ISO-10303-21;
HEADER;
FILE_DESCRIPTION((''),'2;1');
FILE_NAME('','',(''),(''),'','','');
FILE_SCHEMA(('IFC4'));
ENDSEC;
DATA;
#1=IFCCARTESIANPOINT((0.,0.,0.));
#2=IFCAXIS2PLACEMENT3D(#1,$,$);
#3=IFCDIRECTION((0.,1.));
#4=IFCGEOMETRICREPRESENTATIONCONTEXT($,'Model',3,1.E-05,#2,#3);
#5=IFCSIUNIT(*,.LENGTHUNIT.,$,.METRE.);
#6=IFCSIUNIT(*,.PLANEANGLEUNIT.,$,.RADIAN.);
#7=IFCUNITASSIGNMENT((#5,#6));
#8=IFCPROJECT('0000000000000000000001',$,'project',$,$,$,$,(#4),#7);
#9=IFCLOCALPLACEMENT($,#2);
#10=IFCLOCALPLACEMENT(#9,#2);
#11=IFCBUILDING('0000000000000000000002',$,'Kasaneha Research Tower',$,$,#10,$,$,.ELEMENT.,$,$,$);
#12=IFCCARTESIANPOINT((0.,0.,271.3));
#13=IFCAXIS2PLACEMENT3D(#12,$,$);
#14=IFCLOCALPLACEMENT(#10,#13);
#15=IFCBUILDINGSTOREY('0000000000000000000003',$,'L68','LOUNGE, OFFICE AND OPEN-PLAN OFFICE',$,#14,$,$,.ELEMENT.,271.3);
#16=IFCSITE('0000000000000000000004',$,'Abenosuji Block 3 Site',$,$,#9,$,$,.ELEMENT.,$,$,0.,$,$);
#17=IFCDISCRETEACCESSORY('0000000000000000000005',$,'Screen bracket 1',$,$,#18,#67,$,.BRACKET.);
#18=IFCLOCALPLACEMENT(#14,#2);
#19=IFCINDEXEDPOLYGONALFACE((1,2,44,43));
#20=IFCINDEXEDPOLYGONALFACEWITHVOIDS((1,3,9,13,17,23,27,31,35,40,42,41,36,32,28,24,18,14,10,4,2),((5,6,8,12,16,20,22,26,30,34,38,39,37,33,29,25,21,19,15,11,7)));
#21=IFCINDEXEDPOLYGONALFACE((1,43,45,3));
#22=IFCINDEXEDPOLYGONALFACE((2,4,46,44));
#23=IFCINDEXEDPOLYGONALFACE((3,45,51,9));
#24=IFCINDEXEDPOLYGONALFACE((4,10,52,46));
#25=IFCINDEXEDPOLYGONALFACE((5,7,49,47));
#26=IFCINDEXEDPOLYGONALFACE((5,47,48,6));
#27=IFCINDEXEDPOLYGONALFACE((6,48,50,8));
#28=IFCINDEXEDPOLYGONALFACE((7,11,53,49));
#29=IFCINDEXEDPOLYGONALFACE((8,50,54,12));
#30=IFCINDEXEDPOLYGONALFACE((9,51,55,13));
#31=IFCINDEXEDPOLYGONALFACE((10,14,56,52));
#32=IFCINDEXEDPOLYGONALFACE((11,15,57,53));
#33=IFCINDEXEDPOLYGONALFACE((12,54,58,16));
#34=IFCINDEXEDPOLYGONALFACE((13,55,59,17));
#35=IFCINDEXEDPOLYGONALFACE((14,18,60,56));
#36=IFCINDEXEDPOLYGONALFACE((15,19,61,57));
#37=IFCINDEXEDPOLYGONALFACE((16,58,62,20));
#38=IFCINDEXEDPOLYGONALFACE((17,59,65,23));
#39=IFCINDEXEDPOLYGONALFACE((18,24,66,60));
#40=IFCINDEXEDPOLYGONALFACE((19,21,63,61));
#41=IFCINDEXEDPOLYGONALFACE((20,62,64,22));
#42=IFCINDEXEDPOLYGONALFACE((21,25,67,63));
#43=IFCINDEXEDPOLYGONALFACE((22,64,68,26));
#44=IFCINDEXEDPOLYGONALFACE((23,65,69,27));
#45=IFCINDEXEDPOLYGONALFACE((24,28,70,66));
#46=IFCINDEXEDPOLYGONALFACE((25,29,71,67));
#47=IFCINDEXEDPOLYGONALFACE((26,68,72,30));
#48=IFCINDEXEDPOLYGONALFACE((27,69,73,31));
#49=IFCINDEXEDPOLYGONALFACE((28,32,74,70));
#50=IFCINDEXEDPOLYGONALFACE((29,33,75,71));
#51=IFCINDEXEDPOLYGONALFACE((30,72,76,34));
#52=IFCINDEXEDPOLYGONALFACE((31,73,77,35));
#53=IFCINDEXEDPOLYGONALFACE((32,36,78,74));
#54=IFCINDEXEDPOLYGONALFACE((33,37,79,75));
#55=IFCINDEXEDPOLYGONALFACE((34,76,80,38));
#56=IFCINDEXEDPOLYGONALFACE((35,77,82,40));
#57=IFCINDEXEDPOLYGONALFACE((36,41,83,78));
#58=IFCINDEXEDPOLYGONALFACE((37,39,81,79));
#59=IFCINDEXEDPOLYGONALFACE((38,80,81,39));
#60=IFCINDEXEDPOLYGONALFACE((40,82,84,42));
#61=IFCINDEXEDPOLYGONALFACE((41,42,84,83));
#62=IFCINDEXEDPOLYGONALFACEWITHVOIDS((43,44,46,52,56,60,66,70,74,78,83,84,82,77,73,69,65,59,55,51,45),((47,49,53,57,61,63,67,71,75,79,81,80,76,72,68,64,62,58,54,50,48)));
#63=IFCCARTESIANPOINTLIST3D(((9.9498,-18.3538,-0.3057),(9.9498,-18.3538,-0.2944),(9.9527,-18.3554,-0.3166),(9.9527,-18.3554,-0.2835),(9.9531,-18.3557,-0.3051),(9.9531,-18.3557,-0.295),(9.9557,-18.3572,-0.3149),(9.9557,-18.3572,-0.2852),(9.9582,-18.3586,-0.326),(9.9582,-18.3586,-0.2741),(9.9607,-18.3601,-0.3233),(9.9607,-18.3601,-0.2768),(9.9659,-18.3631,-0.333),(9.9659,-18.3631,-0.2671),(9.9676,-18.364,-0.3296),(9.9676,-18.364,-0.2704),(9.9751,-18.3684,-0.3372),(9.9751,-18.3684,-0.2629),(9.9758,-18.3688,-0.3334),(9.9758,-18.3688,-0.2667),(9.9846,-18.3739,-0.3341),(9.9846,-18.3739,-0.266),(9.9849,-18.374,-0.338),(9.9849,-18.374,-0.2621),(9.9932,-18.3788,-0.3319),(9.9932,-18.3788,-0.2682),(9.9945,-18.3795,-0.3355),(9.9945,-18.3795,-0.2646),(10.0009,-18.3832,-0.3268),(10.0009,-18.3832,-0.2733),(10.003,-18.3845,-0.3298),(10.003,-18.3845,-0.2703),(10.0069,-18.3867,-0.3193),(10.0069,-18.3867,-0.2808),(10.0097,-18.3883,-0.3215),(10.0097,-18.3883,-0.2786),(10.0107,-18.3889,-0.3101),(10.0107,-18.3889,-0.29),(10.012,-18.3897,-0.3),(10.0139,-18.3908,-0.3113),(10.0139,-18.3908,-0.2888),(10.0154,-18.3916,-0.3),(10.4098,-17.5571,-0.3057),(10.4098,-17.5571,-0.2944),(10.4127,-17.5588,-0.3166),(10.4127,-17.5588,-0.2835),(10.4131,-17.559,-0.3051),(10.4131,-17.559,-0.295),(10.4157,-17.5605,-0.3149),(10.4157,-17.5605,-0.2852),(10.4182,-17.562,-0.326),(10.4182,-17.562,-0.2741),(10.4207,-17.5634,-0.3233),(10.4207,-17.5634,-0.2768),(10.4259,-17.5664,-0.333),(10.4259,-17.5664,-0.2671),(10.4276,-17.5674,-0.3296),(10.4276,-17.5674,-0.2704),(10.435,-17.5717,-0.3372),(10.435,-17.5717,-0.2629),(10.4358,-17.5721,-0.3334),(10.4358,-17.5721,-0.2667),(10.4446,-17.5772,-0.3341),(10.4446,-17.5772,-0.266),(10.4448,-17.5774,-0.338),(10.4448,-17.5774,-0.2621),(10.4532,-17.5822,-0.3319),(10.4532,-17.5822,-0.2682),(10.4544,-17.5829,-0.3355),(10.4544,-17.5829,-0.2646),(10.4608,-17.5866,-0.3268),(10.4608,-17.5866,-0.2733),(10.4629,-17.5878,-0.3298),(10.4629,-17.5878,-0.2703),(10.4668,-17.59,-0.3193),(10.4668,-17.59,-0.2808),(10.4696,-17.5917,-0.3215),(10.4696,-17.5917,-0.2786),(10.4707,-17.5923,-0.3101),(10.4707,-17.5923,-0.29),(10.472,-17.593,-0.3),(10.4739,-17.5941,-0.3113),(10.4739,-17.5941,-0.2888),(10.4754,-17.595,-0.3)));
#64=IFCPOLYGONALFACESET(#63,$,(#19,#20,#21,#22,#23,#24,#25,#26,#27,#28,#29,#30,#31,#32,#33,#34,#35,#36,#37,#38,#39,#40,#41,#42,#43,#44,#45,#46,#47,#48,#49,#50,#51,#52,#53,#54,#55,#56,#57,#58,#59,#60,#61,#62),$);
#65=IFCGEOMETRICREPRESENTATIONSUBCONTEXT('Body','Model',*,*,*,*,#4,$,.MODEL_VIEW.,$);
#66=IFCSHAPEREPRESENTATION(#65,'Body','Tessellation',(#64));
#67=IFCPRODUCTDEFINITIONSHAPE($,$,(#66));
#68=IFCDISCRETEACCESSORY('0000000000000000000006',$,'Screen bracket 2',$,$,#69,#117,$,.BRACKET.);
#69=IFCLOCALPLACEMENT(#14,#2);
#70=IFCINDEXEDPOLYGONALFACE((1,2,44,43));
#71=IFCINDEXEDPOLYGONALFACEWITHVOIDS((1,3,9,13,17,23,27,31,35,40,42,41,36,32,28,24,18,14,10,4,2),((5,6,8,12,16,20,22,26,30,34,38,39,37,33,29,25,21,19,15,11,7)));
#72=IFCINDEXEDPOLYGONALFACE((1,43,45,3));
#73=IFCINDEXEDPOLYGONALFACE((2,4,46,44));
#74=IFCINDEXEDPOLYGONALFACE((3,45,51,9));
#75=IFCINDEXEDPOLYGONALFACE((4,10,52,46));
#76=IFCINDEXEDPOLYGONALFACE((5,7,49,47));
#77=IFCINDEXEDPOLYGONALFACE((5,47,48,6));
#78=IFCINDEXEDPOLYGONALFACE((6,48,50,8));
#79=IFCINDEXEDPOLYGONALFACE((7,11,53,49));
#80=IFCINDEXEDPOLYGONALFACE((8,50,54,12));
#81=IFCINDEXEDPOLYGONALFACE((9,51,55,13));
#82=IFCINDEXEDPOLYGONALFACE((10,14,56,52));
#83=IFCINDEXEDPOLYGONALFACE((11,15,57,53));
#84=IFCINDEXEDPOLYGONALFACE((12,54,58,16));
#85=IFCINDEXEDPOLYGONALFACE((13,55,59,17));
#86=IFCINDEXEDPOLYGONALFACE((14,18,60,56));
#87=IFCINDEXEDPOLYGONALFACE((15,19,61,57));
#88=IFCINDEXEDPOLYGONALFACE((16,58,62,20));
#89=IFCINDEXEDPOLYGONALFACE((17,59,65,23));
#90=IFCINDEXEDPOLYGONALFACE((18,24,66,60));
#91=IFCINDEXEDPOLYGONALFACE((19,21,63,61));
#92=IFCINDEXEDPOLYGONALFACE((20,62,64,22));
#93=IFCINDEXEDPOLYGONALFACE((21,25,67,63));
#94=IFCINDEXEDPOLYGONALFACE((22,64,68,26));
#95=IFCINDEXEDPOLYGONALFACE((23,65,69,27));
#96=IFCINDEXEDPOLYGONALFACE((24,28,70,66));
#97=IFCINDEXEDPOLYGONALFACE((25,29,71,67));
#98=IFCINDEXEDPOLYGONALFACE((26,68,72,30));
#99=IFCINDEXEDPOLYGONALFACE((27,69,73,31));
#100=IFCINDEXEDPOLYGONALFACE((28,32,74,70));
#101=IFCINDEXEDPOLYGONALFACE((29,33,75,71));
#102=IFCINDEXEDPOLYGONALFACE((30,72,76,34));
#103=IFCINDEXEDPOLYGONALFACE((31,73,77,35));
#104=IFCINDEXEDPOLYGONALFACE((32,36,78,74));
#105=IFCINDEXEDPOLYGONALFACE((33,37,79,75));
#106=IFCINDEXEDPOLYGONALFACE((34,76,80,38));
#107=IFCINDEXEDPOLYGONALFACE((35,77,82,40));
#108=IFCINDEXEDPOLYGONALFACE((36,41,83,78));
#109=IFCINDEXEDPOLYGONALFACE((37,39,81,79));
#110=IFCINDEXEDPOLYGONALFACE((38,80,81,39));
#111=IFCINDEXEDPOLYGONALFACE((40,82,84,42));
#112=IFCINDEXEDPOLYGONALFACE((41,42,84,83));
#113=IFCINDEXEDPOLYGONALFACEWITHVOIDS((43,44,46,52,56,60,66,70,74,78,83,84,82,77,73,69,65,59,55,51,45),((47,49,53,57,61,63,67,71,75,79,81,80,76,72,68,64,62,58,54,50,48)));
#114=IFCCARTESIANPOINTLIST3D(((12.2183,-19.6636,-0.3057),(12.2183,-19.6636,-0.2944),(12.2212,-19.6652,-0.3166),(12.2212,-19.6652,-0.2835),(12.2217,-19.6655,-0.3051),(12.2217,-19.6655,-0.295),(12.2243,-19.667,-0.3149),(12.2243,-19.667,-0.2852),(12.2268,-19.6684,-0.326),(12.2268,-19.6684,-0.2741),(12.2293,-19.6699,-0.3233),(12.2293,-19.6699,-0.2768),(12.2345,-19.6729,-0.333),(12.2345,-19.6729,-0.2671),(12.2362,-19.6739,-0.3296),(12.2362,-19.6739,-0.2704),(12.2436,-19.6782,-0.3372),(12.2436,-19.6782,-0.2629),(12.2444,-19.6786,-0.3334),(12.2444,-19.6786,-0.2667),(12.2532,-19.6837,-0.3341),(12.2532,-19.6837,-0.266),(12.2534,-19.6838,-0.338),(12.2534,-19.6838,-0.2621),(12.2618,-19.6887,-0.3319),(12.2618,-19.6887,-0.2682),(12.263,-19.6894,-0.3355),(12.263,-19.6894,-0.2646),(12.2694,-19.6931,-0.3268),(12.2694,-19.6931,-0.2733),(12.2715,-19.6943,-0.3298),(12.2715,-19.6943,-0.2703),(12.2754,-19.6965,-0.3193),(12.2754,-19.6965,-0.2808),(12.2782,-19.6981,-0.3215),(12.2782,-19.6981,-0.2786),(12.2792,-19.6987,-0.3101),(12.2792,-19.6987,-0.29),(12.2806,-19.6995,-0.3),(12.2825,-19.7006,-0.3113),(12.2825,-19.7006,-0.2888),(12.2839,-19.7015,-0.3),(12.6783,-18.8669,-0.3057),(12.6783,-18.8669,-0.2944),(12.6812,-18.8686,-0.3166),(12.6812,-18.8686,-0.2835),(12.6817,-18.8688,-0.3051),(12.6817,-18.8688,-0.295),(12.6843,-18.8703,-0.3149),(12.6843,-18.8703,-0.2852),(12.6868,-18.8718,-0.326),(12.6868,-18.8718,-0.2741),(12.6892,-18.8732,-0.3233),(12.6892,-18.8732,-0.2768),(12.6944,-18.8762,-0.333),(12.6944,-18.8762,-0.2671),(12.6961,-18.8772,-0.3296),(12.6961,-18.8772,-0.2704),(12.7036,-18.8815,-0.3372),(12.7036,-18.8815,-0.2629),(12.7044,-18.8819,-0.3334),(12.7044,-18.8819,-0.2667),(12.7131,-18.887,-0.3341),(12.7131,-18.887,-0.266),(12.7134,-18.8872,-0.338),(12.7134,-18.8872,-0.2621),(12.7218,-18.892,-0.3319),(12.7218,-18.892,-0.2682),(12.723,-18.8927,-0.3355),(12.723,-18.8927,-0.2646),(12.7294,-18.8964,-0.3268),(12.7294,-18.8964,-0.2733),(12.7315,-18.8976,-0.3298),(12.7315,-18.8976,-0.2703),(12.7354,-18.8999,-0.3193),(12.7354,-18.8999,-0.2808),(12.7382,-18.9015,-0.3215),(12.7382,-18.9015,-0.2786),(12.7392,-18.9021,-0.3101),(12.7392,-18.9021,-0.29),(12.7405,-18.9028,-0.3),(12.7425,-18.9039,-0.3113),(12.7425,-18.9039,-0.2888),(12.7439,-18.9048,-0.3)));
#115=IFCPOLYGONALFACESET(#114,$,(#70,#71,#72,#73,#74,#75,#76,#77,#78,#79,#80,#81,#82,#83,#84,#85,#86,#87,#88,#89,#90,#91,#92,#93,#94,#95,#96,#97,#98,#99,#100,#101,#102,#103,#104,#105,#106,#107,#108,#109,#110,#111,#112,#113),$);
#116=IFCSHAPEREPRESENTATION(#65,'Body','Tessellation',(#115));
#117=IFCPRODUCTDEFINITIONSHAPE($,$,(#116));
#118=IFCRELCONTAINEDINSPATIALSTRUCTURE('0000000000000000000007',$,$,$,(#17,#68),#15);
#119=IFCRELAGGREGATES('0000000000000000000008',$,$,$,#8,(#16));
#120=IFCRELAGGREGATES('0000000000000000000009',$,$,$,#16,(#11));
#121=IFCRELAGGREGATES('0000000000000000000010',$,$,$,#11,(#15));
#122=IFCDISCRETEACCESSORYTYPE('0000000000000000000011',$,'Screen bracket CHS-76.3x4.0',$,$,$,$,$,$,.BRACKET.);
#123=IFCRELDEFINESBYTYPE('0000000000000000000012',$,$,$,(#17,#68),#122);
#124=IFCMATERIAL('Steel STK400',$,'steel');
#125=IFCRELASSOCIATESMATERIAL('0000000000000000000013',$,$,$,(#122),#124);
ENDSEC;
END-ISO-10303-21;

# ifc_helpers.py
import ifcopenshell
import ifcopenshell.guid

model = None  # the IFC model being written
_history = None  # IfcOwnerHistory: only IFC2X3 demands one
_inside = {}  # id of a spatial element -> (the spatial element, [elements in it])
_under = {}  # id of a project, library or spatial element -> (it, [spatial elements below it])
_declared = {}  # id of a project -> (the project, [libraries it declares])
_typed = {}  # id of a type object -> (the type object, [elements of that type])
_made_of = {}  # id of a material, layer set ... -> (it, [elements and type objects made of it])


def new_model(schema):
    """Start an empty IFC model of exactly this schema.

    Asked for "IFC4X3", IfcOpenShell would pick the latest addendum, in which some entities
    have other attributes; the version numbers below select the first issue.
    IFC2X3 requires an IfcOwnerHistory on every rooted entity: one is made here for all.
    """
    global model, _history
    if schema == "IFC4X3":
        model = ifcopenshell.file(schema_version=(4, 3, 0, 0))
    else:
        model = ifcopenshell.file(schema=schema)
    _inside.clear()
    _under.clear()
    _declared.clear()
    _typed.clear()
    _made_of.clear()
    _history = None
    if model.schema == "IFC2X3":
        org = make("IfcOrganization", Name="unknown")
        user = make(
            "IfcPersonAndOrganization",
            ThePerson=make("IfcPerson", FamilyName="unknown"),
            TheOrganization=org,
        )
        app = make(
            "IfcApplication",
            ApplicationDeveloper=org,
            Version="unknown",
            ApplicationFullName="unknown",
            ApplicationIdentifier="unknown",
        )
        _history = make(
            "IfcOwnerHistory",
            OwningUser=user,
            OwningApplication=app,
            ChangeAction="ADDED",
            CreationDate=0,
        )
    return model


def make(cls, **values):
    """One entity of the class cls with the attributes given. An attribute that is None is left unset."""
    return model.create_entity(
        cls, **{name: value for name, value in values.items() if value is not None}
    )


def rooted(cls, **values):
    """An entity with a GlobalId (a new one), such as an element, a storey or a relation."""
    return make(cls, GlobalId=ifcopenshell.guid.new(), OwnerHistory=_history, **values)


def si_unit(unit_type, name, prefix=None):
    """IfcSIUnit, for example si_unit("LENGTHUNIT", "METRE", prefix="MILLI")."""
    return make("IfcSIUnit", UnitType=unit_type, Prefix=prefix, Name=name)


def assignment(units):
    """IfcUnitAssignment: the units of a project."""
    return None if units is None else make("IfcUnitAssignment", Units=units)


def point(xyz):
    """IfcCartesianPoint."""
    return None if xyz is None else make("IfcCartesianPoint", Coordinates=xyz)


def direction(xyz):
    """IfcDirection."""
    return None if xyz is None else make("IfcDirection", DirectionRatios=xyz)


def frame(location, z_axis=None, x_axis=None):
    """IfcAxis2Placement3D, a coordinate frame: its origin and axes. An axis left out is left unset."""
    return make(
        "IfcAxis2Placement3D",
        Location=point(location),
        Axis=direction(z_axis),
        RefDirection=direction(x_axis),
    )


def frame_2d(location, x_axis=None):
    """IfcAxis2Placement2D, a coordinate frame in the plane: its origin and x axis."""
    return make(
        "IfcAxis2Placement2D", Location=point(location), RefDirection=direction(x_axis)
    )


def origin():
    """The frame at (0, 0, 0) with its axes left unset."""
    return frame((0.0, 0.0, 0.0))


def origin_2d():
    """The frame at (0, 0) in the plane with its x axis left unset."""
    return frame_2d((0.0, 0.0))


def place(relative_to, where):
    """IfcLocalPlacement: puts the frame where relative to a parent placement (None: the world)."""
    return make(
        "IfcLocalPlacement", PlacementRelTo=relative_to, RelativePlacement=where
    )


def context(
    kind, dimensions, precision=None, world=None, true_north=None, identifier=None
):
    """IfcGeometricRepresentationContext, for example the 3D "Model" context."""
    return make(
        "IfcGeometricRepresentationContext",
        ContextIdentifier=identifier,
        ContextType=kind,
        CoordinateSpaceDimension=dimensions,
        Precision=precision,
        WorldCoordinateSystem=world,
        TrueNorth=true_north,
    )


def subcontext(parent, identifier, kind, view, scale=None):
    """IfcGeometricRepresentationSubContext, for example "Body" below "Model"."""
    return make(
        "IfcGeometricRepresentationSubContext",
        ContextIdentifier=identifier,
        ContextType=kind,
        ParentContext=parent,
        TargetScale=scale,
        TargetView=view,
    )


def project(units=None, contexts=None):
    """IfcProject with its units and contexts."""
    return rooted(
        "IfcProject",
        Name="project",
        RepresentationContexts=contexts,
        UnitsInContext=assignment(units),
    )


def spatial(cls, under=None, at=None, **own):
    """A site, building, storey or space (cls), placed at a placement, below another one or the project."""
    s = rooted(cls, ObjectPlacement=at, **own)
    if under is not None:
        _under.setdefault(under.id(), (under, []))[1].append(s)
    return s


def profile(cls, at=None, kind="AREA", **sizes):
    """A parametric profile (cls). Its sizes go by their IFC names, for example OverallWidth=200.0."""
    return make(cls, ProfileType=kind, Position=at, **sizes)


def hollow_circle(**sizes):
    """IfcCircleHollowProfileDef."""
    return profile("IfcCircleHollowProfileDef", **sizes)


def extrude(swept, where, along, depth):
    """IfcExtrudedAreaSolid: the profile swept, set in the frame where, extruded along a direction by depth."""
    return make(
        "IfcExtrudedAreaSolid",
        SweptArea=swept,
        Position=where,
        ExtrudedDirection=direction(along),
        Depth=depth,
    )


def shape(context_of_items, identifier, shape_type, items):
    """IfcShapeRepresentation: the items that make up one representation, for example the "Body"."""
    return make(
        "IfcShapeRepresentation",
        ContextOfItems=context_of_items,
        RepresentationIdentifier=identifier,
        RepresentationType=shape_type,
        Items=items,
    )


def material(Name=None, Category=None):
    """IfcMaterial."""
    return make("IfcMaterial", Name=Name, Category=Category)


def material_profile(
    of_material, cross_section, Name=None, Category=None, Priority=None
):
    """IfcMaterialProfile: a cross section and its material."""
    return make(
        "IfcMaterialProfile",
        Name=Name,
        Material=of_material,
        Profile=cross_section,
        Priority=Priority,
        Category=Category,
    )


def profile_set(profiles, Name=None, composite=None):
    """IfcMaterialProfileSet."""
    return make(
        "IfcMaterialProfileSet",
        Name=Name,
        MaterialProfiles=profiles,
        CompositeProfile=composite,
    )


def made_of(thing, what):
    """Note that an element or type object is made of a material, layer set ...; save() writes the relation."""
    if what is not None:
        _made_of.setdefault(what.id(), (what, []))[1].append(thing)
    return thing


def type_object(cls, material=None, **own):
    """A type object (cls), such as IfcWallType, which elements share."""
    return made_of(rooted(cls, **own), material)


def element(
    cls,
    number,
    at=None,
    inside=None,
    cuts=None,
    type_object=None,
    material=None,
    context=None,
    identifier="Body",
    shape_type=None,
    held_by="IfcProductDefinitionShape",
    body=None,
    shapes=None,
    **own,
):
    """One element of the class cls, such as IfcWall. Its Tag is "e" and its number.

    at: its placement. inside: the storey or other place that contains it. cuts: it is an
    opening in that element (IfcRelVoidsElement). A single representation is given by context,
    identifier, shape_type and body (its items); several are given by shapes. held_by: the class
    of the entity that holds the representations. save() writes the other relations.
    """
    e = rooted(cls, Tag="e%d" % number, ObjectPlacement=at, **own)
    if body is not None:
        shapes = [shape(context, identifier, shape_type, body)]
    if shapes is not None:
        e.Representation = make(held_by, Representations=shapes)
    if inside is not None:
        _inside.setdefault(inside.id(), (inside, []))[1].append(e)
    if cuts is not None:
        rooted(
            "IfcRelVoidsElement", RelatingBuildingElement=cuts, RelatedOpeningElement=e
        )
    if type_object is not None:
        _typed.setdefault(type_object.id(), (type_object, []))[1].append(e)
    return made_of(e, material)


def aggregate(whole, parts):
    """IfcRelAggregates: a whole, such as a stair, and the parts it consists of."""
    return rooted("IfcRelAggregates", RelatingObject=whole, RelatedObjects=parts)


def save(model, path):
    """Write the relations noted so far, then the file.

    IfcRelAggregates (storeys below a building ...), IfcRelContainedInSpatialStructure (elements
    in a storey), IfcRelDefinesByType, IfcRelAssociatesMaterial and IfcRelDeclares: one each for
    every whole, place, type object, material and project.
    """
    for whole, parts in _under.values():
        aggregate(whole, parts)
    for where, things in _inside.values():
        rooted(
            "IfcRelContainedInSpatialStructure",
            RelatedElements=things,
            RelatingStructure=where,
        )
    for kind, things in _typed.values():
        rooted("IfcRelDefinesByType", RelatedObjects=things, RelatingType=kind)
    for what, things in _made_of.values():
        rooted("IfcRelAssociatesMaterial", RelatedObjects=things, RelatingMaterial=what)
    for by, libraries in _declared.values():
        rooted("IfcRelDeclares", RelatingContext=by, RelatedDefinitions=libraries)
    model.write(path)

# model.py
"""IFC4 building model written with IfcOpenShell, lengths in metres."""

from ifc_helpers import new_model, si_unit, direction, frame, origin, origin_2d, place, context, subcontext, project, spatial, hollow_circle, extrude, material, material_profile, profile_set, type_object, element, save


model = new_model("IFC4")

# Units and contexts
model_context = context("Model", 3, precision=1e-05, world=origin(), true_north=direction((0.0, 1.0)))
body_context = subcontext(model_context, "Body", "Model", "MODEL_VIEW")
ifc_project = project(units=[si_unit("LENGTHUNIT", "METRE"), si_unit("PLANEANGLEUNIT", "RADIAN")], contexts=[model_context])

# Site, building, storey
site_placement = place(None, origin())
site = spatial("IfcSite", under=ifc_project, at=site_placement, Name="Abenosuji Block 3 Site", CompositionType="ELEMENT", RefElevation=0.0)
building_placement = place(site_placement, origin())
building = spatial("IfcBuilding", under=site, at=building_placement, Name="Kasaneha Research Tower", CompositionType="ELEMENT")
storey_placement = place(building_placement, frame((0.0, 0.0, 271.3)))
storey = spatial("IfcBuildingStorey", under=building, at=storey_placement, Name="L68", Description="LOUNGE, OFFICE AND OPEN-PLAN OFFICE", CompositionType="ELEMENT", Elevation=271.3)

# Discrete accessories
ifc_material_1 = material(Name="Steel STK400", Category="steel")
ifc_material_profile_1 = material_profile(ifc_material_1, hollow_circle(Radius=0.0381, WallThickness=0.0039, at=origin_2d()), Name="CHS-76.3x4.0")
ifc_profile_set_1 = profile_set([ifc_material_profile_1], Name="Steel STK400")
discrete_accessory_type = type_object("IfcDiscreteAccessoryType", Name="Screen bracket CHS-76.3x4.0", PredefinedType="BRACKET", material=ifc_profile_set_1)
for number, where, z_axis, x_axis, name in (
    (1, (10.4424, -17.5759, -0.3), (-0.500021, -0.866013, 0.0), (0.866013, -0.500021, 0.0), "Screen bracket 1"),
    (2, (12.7109, -18.8857, -0.3), (-0.500021, -0.866013, 0.0), (0.866013, -0.500021, 0.0), "Screen bracket 2"),
):
    element("IfcDiscreteAccessory", number, at=place(storey_placement, frame(where, z_axis=z_axis, x_axis=x_axis)), inside=storey, type_object=discrete_accessory_type, Name=name, PredefinedType="BRACKET", context=body_context, shape_type="SweptSolid", body=[
        extrude(hollow_circle(Radius=0.0381, WallThickness=0.0039, at=origin_2d()), origin(), (0.0, 0.0, 1.0), 0.9199),
    ])

save(model, "model.ifc")
